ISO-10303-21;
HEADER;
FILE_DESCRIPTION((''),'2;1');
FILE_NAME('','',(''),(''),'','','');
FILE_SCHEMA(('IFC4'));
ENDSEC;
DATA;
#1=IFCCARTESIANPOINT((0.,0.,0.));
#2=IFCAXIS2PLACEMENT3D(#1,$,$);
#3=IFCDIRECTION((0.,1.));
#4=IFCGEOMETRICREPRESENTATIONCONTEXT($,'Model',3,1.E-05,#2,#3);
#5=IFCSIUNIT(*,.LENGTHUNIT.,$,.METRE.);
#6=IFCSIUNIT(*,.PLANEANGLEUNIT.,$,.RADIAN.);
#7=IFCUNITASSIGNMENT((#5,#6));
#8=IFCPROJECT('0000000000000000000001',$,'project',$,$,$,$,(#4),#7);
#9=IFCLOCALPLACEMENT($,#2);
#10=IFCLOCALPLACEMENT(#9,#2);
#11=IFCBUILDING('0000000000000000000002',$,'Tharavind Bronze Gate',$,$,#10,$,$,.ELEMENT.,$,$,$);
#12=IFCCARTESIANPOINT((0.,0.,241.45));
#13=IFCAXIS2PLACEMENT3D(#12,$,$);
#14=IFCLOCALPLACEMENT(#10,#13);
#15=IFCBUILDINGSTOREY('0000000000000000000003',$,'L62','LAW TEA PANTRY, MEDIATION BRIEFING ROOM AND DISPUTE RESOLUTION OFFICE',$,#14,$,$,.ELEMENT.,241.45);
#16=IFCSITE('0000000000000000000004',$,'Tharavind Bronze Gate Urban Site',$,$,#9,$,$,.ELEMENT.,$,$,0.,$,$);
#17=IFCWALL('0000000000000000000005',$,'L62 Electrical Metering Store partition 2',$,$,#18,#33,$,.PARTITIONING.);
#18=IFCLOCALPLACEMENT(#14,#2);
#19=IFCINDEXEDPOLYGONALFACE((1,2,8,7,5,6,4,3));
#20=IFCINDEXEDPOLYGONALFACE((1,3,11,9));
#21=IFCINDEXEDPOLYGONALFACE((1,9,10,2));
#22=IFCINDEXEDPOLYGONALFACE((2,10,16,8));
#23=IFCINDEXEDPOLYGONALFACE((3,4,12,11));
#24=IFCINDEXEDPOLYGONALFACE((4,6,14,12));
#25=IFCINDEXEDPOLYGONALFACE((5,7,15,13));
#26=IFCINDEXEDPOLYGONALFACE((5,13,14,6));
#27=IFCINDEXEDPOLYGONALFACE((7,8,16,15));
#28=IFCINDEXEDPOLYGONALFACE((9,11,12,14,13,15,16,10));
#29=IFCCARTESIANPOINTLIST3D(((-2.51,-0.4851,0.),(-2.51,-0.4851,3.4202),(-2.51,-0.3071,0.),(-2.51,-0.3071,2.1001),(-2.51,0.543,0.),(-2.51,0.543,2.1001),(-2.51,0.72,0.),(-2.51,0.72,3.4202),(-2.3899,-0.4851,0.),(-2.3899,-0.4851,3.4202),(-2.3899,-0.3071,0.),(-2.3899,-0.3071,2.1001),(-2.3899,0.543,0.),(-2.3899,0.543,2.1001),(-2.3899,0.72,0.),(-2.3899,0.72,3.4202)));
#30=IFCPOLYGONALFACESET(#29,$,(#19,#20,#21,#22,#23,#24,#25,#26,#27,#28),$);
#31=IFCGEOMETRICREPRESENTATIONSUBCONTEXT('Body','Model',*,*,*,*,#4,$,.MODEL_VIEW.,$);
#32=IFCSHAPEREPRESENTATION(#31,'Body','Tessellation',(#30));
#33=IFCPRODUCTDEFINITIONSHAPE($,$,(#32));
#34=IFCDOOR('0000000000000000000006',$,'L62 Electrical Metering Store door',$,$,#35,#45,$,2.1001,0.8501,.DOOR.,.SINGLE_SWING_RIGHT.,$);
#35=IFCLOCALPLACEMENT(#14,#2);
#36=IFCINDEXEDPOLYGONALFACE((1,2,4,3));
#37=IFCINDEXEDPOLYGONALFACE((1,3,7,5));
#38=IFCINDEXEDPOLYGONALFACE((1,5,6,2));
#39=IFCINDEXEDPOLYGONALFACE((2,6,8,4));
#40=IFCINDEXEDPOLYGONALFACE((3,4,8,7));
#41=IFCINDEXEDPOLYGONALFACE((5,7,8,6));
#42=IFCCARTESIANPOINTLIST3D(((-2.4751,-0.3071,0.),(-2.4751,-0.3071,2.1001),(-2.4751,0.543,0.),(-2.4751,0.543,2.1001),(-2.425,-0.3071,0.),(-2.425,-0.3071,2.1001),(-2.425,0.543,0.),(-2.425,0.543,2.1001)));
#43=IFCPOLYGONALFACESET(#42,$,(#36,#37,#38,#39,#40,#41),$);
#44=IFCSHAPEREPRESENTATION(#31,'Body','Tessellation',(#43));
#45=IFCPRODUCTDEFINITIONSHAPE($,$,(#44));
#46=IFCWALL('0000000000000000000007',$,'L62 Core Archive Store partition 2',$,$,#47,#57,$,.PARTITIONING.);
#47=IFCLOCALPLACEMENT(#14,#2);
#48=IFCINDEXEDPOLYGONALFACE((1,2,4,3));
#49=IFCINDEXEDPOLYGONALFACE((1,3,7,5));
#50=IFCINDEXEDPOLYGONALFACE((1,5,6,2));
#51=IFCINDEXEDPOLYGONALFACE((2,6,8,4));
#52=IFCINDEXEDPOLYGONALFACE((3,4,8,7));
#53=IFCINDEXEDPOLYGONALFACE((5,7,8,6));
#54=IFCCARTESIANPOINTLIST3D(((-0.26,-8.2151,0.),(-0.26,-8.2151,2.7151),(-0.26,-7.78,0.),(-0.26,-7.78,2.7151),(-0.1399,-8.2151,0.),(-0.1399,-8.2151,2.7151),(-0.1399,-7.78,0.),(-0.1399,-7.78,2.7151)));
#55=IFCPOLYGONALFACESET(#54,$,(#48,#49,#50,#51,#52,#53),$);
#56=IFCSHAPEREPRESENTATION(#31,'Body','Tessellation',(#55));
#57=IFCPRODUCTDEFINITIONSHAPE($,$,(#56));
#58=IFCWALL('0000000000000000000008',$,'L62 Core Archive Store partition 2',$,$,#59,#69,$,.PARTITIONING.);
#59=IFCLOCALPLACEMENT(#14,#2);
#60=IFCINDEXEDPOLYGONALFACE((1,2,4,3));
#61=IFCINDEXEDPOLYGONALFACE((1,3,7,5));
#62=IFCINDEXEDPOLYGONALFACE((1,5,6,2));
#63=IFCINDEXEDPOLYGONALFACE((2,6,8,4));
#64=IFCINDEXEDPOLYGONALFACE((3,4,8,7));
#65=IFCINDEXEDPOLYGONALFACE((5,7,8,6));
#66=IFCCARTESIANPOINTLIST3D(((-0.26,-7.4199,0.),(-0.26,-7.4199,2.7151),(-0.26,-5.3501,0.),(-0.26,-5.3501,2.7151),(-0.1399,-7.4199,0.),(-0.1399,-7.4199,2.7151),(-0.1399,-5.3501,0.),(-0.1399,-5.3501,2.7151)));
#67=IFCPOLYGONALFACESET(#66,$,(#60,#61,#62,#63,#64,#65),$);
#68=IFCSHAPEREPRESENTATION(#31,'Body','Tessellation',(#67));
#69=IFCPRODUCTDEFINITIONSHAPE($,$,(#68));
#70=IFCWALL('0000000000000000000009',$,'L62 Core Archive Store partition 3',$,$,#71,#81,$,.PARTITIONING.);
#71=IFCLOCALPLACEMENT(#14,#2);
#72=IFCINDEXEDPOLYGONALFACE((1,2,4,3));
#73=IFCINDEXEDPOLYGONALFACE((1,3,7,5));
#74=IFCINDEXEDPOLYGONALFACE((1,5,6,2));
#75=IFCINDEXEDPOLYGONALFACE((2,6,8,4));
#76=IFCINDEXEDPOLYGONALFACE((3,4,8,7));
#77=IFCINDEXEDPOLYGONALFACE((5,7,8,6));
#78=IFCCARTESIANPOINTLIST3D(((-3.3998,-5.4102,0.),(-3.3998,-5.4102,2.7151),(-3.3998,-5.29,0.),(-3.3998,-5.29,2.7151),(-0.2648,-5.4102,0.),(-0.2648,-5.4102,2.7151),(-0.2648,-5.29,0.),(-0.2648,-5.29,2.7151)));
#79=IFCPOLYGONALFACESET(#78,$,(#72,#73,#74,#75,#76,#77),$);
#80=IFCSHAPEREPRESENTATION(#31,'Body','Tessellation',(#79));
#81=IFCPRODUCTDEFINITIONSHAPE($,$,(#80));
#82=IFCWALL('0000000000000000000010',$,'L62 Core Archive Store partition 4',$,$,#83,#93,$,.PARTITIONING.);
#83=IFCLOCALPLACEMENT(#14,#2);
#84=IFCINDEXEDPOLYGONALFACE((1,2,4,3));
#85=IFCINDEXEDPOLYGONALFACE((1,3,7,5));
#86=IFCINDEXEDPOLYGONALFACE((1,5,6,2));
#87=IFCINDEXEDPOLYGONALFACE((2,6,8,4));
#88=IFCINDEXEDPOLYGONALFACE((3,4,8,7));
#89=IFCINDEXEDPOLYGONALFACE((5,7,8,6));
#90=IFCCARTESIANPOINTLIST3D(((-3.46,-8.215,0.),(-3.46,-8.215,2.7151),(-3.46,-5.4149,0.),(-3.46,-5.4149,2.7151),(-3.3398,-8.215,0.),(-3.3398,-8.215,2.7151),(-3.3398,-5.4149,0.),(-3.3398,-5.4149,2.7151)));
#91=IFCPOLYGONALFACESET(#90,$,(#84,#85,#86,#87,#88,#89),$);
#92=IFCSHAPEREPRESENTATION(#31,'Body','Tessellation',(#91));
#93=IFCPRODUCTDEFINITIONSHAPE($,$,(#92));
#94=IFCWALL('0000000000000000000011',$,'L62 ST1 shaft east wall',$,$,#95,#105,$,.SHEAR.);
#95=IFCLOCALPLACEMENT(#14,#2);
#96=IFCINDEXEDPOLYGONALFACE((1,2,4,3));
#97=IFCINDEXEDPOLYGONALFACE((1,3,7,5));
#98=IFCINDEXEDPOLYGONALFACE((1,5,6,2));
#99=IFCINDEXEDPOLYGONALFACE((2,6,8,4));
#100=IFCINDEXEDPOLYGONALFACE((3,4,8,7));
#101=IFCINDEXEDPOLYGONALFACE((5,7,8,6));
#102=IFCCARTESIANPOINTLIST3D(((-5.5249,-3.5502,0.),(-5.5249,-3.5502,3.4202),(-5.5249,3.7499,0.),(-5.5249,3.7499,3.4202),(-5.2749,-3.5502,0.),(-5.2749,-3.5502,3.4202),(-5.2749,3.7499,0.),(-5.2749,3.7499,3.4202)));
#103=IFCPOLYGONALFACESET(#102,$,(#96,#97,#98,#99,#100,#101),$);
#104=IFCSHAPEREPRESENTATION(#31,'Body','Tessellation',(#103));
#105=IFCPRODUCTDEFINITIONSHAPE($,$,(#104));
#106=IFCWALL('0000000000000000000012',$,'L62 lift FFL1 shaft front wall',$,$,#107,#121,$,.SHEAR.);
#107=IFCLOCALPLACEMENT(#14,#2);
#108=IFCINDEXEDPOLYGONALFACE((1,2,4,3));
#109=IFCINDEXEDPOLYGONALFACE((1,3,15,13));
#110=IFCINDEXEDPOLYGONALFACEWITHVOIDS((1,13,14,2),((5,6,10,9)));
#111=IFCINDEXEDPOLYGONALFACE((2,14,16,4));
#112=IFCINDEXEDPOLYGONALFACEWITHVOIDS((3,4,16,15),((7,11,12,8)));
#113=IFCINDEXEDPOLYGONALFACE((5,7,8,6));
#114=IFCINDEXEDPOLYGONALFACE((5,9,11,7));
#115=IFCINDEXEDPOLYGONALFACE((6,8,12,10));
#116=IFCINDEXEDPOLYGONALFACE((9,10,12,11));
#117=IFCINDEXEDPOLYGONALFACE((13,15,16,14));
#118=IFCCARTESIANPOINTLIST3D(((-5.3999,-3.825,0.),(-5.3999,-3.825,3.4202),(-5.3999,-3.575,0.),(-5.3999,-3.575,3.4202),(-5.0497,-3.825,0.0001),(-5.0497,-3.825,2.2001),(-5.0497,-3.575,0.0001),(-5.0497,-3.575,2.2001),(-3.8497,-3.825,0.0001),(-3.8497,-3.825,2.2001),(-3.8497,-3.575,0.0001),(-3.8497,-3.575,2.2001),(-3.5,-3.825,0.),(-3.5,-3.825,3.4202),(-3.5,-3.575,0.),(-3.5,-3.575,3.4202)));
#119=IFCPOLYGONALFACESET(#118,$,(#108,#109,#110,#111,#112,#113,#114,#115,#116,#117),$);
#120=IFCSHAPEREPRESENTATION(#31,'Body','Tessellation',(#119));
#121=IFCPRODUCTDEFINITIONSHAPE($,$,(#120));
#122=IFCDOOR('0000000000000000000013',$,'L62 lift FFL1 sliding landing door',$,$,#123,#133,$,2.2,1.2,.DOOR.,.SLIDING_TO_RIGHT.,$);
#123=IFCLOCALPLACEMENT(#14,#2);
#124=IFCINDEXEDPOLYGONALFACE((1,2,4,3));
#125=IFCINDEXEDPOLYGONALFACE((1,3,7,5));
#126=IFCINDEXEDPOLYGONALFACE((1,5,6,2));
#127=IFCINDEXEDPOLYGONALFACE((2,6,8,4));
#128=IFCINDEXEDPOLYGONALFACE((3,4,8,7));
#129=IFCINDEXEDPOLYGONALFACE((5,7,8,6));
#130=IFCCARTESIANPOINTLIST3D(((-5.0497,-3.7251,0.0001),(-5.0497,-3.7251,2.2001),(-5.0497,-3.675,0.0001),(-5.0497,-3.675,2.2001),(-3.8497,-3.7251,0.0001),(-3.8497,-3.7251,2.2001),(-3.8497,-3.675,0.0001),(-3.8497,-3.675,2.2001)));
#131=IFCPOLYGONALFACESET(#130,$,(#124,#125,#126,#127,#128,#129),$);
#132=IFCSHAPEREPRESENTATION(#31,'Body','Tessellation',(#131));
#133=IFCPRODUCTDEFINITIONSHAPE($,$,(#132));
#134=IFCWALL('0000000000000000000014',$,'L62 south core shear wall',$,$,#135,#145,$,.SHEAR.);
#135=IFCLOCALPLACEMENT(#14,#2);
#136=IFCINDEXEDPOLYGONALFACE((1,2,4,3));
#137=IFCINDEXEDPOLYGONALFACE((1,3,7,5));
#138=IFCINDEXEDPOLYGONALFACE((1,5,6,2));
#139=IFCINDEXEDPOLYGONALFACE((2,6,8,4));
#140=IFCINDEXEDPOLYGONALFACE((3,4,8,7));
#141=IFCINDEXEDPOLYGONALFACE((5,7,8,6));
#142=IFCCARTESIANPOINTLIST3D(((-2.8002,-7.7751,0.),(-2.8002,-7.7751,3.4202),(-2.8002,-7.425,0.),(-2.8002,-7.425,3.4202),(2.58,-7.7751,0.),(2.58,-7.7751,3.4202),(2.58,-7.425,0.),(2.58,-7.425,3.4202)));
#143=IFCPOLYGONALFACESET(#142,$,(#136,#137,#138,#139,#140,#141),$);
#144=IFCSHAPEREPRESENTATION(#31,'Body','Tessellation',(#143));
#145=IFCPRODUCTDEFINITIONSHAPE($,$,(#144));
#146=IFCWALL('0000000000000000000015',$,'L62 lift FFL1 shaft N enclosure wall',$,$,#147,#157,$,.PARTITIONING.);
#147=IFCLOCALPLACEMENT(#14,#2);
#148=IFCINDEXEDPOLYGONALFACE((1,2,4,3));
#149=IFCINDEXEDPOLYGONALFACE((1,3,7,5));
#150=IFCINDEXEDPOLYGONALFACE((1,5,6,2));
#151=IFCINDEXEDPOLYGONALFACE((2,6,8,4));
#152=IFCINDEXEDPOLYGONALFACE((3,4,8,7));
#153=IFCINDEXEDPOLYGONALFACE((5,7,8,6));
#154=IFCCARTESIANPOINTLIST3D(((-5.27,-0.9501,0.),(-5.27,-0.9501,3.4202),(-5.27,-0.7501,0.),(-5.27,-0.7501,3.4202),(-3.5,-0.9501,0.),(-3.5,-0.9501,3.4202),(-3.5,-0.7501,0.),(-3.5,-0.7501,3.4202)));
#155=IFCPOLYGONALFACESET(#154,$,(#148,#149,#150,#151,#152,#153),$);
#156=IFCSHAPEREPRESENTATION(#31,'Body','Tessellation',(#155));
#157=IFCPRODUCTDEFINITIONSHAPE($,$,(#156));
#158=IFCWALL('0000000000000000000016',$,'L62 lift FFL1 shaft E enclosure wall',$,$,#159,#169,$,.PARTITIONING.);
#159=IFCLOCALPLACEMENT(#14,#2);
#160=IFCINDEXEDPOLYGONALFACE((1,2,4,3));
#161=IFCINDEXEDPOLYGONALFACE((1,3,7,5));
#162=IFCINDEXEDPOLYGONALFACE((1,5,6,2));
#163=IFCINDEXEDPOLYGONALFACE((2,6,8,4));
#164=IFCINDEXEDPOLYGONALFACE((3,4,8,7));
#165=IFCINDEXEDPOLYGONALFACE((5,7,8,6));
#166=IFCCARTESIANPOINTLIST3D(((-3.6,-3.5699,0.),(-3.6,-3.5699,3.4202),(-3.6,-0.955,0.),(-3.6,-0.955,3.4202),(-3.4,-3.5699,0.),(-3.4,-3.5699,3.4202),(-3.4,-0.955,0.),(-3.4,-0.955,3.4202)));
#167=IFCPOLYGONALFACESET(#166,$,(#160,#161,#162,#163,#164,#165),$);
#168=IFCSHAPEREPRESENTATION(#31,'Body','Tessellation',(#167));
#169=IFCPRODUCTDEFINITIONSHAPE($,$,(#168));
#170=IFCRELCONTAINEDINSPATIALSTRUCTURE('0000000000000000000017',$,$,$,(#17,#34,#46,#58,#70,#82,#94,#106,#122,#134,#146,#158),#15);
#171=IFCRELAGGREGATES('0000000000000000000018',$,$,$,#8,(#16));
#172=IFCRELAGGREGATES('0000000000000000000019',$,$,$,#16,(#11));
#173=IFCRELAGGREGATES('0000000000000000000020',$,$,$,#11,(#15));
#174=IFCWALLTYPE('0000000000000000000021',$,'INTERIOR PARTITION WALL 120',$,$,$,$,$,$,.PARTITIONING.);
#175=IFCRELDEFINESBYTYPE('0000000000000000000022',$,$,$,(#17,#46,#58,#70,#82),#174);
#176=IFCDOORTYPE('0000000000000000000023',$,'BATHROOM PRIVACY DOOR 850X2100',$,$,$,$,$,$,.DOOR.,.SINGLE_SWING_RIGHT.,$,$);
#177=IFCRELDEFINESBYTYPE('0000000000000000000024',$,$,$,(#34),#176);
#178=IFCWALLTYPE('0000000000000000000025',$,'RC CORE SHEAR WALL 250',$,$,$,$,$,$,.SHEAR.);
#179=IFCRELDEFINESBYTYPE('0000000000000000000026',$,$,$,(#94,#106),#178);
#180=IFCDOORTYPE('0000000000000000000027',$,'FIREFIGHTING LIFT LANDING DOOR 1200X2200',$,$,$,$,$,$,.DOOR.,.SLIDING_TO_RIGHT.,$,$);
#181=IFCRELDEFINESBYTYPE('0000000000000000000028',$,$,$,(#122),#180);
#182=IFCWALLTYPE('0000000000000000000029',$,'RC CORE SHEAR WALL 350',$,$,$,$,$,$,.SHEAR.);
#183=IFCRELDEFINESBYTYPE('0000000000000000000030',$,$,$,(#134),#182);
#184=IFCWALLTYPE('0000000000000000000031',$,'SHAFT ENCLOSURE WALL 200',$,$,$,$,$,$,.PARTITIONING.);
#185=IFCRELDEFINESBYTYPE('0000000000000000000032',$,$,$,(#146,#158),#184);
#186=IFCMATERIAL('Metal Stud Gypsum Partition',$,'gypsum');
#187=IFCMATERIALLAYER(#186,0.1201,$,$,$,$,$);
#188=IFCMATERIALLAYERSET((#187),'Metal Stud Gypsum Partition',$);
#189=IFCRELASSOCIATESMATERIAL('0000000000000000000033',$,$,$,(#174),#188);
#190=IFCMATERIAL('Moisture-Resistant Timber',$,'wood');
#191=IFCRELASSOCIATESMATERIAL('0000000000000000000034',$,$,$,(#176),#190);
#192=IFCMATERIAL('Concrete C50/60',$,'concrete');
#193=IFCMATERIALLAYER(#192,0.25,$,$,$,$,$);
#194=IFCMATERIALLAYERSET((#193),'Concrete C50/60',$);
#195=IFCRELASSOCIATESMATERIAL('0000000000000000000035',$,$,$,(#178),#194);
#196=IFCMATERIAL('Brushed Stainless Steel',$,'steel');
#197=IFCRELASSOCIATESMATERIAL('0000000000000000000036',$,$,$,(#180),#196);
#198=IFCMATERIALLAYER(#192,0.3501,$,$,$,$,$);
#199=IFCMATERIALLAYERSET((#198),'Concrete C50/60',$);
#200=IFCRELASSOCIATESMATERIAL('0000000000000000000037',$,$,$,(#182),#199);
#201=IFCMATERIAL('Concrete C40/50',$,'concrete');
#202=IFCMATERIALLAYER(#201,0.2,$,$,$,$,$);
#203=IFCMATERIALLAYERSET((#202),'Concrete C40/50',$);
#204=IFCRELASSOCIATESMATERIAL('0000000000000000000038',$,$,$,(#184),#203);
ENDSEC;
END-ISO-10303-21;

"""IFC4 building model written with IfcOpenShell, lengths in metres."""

from ifc_helpers import new_model, si_unit, direction, frame, frame_2d, origin, place, context, subcontext, project, spatial, rectangle, extrude, material, layer, layer_set, type_object, element, fill, save


model = new_model("IFC4")

# Units and contexts
model_context = context("Model", 3, precision=1e-05, world=origin(), true_north=direction((0.0, 1.0)))
body_context = subcontext(model_context, "Body", "Model", "MODEL_VIEW")
ifc_project = project(units=[si_unit("LENGTHUNIT", "METRE"), si_unit("PLANEANGLEUNIT", "RADIAN")], contexts=[model_context])

# Site, building, storey
site_placement = place(None, origin())
site = spatial("IfcSite", under=ifc_project, at=site_placement, Name="Tharavind Bronze Gate Urban Site", CompositionType="ELEMENT", RefElevation=0.0)
building_placement = place(site_placement, origin())
building = spatial("IfcBuilding", under=site, at=building_placement, Name="Tharavind Bronze Gate", CompositionType="ELEMENT")
storey_placement = place(building_placement, frame((0.0, 0.0, 241.45)))
storey = spatial("IfcBuildingStorey", under=building, at=storey_placement, Name="L62", Description="LAW TEA PANTRY, MEDIATION BRIEFING ROOM AND DISPUTE RESOLUTION OFFICE", CompositionType="ELEMENT", Elevation=241.45)

# Shared definitions
ifc_material_1 = material(Name="Concrete C50/60", Category="concrete")

# Shared definitions
ifc_material_2 = material(Name="Concrete C40/50", Category="concrete")

# Shared definitions
ifc_material_3 = material(Name="Metal Stud Gypsum Partition", Category="gypsum")
ifc_layer_1 = layer(ifc_material_3, 0.1201)
ifc_layer_set_1 = layer_set([ifc_layer_1], Name="Metal Stud Gypsum Partition")
wall_type_1 = type_object("IfcWallType", Name="INTERIOR PARTITION WALL 120", PredefinedType="PARTITIONING", material=ifc_layer_set_1)

# Wall, opening, door
wall_1_placement = place(storey_placement, frame((-2.45, -0.4851, 0.0), z_axis=(0.0, 0.0, 1.0), x_axis=(0.0, 1.0, 0.0)))
wall_1 = element("IfcWall", 1, at=wall_1_placement, inside=storey, type_object=wall_type_1, Name="L62 Electrical Metering Store partition 2", PredefinedType="PARTITIONING", context=body_context, shape_type="SweptSolid", body=[
    extrude(rectangle(XDim=1.2051, YDim=0.1201, at=frame_2d((0.6025, 0.0))), origin(), (0.0, 0.0, 1.0), 3.4202),
])
opening_1_placement = place(wall_1_placement, frame((0.178, 0.0, 0.0)))
opening_1 = element("IfcOpeningElement", 2, at=opening_1_placement, cuts=wall_1, PredefinedType="OPENING", context=body_context, shape_type="SweptSolid", body=[
    extrude(rectangle(XDim=0.8501, YDim=2.1001, at=frame_2d((0.425, 1.05))), frame((0.0, 0.0701, 0.0), z_axis=(0.0, -1.0, 0.0), x_axis=(1.0, 0.0, 0.0)), (0.0, 0.0, 1.0), 0.1401),
])
ifc_material_4 = material(Name="Moisture-Resistant Timber", Category="wood")
door_type_1 = type_object("IfcDoorType", Name="BATHROOM PRIVACY DOOR 850X2100", OperationType="SINGLE_SWING_RIGHT", PredefinedType="DOOR", material=ifc_material_4)
door_1_placement = place(opening_1_placement, frame((0.8501, 0.0, 0.0), z_axis=(0.0, 0.0, 1.0), x_axis=(-1.0, 0.0, 0.0)))
door_1 = element("IfcDoor", 3, at=door_1_placement, inside=storey, type_object=door_type_1, Name="L62 Electrical Metering Store door", OperationType="SINGLE_SWING_RIGHT", OverallHeight=2.1001, OverallWidth=0.8501, PredefinedType="DOOR", context=body_context, shape_type="SweptSolid", body=[
    extrude(rectangle(XDim=0.8501, YDim=2.1001, at=frame_2d((0.425, 1.05))), frame((0.0, 0.0249, 0.0), z_axis=(0.0, -1.0, 0.0), x_axis=(1.0, 0.0, 0.0)), (0.0, 0.0, 1.0), 0.05),
])
fill(opening_1, door_1)

# Walls
wall_2_placement = place(storey_placement, frame((-0.2, -8.2151, 0.0), z_axis=(0.0, 0.0, 1.0), x_axis=(0.0, 1.0, 0.0)))
element("IfcWall", 4, at=wall_2_placement, inside=storey, type_object=wall_type_1, Name="L62 Core Archive Store partition 2", PredefinedType="PARTITIONING", context=body_context, shape_type="SweptSolid", body=[
    extrude(rectangle(XDim=0.4351, YDim=0.1201, at=frame_2d((0.2175, 0.0))), origin(), (0.0, 0.0, 1.0), 2.7151),
])
wall_3_placement = place(storey_placement, frame((-0.2, -7.4199, 0.0), z_axis=(0.0, 0.0, 1.0), x_axis=(0.0, 1.0, 0.0)))
element("IfcWall", 5, at=wall_3_placement, inside=storey, type_object=wall_type_1, Name="L62 Core Archive Store partition 2", PredefinedType="PARTITIONING", context=body_context, shape_type="SweptSolid", body=[
    extrude(rectangle(XDim=2.0698, YDim=0.1201, at=frame_2d((1.0349, 0.0))), origin(), (0.0, 0.0, 1.0), 2.7151),
])
wall_4_placement = place(storey_placement, frame((-0.2649, -5.3501, 0.0), z_axis=(0.0, 0.0, 1.0), x_axis=(-1.0, 0.0, 0.0)))
element("IfcWall", 6, at=wall_4_placement, inside=storey, type_object=wall_type_1, Name="L62 Core Archive Store partition 3", PredefinedType="PARTITIONING", context=body_context, shape_type="SweptSolid", body=[
    extrude(rectangle(XDim=3.135, YDim=0.1201, at=frame_2d((1.5674, 0.0))), origin(), (0.0, 0.0, 1.0), 2.7151),
])
wall_5_placement = place(storey_placement, frame((-3.3999, -5.415, 0.0), z_axis=(0.0, 0.0, 1.0), x_axis=(0.0, -1.0, 0.0)))
element("IfcWall", 7, at=wall_5_placement, inside=storey, type_object=wall_type_1, Name="L62 Core Archive Store partition 4", PredefinedType="PARTITIONING", context=body_context, shape_type="SweptSolid", body=[
    extrude(rectangle(XDim=2.8, YDim=0.1201, at=frame_2d((1.3999, 0.0))), origin(), (0.0, 0.0, 1.0), 2.7151),
])
ifc_layer_2 = layer(ifc_material_1, 0.25)
ifc_layer_set_2 = layer_set([ifc_layer_2], Name="Concrete C50/60")
wall_type_2 = type_object("IfcWallType", Name="RC CORE SHEAR WALL 250", PredefinedType="SHEAR", material=ifc_layer_set_2)
wall_6_placement = place(storey_placement, frame((-5.3999, -3.55, 0.0), z_axis=(0.0, 0.0, 1.0), x_axis=(0.0, 1.0, 0.0)))
element("IfcWall", 8, at=wall_6_placement, inside=storey, type_object=wall_type_2, Name="L62 ST1 shaft east wall", PredefinedType="SHEAR", context=body_context, shape_type="SweptSolid", body=[
    extrude(rectangle(XDim=7.3, YDim=0.25, at=frame_2d((3.6499, 0.0))), origin(), (0.0, 0.0, 1.0), 3.4202),
])

# Wall, opening, door
wall_7_placement = place(storey_placement, frame((-5.3999, -3.7, 0.0), z_axis=(0.0, 0.0, 1.0), x_axis=(1.0, 0.0, 0.0)))
wall_7 = element("IfcWall", 9, at=wall_7_placement, inside=storey, type_object=wall_type_2, Name="L62 lift FFL1 shaft front wall", PredefinedType="SHEAR", context=body_context, shape_type="SweptSolid", body=[
    extrude(rectangle(XDim=1.8999, YDim=0.25, at=frame_2d((0.95, 0.0))), origin(), (0.0, 0.0, 1.0), 3.4202),
])
opening_2_placement = place(wall_7_placement, frame((0.3501, 0.0, 0.0)))
opening_2 = element("IfcOpeningElement", 10, at=opening_2_placement, cuts=wall_7, PredefinedType="OPENING", context=body_context, shape_type="SweptSolid", body=[
    extrude(rectangle(XDim=1.2, YDim=2.2, at=frame_2d((0.6001, 1.1001))), frame((0.0, 0.135, 0.0), z_axis=(0.0, -1.0, 0.0), x_axis=(1.0, 0.0, 0.0)), (0.0, 0.0, 1.0), 0.27),
])
ifc_material_5 = material(Name="Brushed Stainless Steel", Category="steel")
door_type_2 = type_object("IfcDoorType", Name="FIREFIGHTING LIFT LANDING DOOR 1200X2200", OperationType="SLIDING_TO_RIGHT", PredefinedType="DOOR", material=ifc_material_5)
door_2_placement = place(opening_2_placement, origin())
door_2 = element("IfcDoor", 11, at=door_2_placement, inside=storey, type_object=door_type_2, Name="L62 lift FFL1 sliding landing door", OperationType="SLIDING_TO_RIGHT", OverallHeight=2.2, OverallWidth=1.2, PredefinedType="DOOR", context=body_context, shape_type="SweptSolid", body=[
    extrude(rectangle(XDim=1.2, YDim=2.2, at=frame_2d((0.6001, 1.1001))), frame((0.0, 0.0249, 0.0), z_axis=(0.0, -1.0, 0.0), x_axis=(1.0, 0.0, 0.0)), (0.0, 0.0, 1.0), 0.05),
])
fill(opening_2, door_2)

# Walls
ifc_layer_3 = layer(ifc_material_1, 0.3501)
ifc_layer_set_3 = layer_set([ifc_layer_3], Name="Concrete C50/60")
wall_type_3 = type_object("IfcWallType", Name="RC CORE SHEAR WALL 350", PredefinedType="SHEAR", material=ifc_layer_set_3)
wall_8_placement = place(storey_placement, frame((-2.8, -7.6001, 0.0), z_axis=(0.0, 0.0, 1.0), x_axis=(1.0, 0.0, 0.0)))
element("IfcWall", 12, at=wall_8_placement, inside=storey, type_object=wall_type_3, Name="L62 south core shear wall", PredefinedType="SHEAR", context=body_context, shape_type="SweptSolid", body=[
    extrude(rectangle(XDim=5.3801, YDim=0.3501, at=frame_2d((2.6899, 0.0))), origin(), (0.0, 0.0, 1.0), 3.4202),
])
ifc_layer_4 = layer(ifc_material_2, 0.2)
ifc_layer_set_4 = layer_set([ifc_layer_4], Name="Concrete C40/50")
wall_type_4 = type_object("IfcWallType", Name="SHAFT ENCLOSURE WALL 200", PredefinedType="PARTITIONING", material=ifc_layer_set_4)
wall_9_placement = place(storey_placement, frame((-5.27, -0.8501, 0.0), z_axis=(0.0, 0.0, 1.0), x_axis=(1.0, 0.0, 0.0)))
element("IfcWall", 13, at=wall_9_placement, inside=storey, type_object=wall_type_4, Name="L62 lift FFL1 shaft N enclosure wall", PredefinedType="PARTITIONING", context=body_context, shape_type="SweptSolid", body=[
    extrude(rectangle(XDim=1.77, YDim=0.2, at=frame_2d((0.885, 0.0))), origin(), (0.0, 0.0, 1.0), 3.4202),
])
wall_10_placement = place(storey_placement, frame((-3.5, -3.5701, 0.0), z_axis=(0.0, 0.0, 1.0), x_axis=(0.0, 1.0, 0.0)))
element("IfcWall", 14, at=wall_10_placement, inside=storey, type_object=wall_type_4, Name="L62 lift FFL1 shaft E enclosure wall", PredefinedType="PARTITIONING", context=body_context, shape_type="SweptSolid", body=[
    extrude(rectangle(XDim=2.615, YDim=0.2, at=frame_2d((1.3076, 0.0))), origin(), (0.0, 0.0, 1.0), 3.4202),
])

save(model, "model.ifc")
